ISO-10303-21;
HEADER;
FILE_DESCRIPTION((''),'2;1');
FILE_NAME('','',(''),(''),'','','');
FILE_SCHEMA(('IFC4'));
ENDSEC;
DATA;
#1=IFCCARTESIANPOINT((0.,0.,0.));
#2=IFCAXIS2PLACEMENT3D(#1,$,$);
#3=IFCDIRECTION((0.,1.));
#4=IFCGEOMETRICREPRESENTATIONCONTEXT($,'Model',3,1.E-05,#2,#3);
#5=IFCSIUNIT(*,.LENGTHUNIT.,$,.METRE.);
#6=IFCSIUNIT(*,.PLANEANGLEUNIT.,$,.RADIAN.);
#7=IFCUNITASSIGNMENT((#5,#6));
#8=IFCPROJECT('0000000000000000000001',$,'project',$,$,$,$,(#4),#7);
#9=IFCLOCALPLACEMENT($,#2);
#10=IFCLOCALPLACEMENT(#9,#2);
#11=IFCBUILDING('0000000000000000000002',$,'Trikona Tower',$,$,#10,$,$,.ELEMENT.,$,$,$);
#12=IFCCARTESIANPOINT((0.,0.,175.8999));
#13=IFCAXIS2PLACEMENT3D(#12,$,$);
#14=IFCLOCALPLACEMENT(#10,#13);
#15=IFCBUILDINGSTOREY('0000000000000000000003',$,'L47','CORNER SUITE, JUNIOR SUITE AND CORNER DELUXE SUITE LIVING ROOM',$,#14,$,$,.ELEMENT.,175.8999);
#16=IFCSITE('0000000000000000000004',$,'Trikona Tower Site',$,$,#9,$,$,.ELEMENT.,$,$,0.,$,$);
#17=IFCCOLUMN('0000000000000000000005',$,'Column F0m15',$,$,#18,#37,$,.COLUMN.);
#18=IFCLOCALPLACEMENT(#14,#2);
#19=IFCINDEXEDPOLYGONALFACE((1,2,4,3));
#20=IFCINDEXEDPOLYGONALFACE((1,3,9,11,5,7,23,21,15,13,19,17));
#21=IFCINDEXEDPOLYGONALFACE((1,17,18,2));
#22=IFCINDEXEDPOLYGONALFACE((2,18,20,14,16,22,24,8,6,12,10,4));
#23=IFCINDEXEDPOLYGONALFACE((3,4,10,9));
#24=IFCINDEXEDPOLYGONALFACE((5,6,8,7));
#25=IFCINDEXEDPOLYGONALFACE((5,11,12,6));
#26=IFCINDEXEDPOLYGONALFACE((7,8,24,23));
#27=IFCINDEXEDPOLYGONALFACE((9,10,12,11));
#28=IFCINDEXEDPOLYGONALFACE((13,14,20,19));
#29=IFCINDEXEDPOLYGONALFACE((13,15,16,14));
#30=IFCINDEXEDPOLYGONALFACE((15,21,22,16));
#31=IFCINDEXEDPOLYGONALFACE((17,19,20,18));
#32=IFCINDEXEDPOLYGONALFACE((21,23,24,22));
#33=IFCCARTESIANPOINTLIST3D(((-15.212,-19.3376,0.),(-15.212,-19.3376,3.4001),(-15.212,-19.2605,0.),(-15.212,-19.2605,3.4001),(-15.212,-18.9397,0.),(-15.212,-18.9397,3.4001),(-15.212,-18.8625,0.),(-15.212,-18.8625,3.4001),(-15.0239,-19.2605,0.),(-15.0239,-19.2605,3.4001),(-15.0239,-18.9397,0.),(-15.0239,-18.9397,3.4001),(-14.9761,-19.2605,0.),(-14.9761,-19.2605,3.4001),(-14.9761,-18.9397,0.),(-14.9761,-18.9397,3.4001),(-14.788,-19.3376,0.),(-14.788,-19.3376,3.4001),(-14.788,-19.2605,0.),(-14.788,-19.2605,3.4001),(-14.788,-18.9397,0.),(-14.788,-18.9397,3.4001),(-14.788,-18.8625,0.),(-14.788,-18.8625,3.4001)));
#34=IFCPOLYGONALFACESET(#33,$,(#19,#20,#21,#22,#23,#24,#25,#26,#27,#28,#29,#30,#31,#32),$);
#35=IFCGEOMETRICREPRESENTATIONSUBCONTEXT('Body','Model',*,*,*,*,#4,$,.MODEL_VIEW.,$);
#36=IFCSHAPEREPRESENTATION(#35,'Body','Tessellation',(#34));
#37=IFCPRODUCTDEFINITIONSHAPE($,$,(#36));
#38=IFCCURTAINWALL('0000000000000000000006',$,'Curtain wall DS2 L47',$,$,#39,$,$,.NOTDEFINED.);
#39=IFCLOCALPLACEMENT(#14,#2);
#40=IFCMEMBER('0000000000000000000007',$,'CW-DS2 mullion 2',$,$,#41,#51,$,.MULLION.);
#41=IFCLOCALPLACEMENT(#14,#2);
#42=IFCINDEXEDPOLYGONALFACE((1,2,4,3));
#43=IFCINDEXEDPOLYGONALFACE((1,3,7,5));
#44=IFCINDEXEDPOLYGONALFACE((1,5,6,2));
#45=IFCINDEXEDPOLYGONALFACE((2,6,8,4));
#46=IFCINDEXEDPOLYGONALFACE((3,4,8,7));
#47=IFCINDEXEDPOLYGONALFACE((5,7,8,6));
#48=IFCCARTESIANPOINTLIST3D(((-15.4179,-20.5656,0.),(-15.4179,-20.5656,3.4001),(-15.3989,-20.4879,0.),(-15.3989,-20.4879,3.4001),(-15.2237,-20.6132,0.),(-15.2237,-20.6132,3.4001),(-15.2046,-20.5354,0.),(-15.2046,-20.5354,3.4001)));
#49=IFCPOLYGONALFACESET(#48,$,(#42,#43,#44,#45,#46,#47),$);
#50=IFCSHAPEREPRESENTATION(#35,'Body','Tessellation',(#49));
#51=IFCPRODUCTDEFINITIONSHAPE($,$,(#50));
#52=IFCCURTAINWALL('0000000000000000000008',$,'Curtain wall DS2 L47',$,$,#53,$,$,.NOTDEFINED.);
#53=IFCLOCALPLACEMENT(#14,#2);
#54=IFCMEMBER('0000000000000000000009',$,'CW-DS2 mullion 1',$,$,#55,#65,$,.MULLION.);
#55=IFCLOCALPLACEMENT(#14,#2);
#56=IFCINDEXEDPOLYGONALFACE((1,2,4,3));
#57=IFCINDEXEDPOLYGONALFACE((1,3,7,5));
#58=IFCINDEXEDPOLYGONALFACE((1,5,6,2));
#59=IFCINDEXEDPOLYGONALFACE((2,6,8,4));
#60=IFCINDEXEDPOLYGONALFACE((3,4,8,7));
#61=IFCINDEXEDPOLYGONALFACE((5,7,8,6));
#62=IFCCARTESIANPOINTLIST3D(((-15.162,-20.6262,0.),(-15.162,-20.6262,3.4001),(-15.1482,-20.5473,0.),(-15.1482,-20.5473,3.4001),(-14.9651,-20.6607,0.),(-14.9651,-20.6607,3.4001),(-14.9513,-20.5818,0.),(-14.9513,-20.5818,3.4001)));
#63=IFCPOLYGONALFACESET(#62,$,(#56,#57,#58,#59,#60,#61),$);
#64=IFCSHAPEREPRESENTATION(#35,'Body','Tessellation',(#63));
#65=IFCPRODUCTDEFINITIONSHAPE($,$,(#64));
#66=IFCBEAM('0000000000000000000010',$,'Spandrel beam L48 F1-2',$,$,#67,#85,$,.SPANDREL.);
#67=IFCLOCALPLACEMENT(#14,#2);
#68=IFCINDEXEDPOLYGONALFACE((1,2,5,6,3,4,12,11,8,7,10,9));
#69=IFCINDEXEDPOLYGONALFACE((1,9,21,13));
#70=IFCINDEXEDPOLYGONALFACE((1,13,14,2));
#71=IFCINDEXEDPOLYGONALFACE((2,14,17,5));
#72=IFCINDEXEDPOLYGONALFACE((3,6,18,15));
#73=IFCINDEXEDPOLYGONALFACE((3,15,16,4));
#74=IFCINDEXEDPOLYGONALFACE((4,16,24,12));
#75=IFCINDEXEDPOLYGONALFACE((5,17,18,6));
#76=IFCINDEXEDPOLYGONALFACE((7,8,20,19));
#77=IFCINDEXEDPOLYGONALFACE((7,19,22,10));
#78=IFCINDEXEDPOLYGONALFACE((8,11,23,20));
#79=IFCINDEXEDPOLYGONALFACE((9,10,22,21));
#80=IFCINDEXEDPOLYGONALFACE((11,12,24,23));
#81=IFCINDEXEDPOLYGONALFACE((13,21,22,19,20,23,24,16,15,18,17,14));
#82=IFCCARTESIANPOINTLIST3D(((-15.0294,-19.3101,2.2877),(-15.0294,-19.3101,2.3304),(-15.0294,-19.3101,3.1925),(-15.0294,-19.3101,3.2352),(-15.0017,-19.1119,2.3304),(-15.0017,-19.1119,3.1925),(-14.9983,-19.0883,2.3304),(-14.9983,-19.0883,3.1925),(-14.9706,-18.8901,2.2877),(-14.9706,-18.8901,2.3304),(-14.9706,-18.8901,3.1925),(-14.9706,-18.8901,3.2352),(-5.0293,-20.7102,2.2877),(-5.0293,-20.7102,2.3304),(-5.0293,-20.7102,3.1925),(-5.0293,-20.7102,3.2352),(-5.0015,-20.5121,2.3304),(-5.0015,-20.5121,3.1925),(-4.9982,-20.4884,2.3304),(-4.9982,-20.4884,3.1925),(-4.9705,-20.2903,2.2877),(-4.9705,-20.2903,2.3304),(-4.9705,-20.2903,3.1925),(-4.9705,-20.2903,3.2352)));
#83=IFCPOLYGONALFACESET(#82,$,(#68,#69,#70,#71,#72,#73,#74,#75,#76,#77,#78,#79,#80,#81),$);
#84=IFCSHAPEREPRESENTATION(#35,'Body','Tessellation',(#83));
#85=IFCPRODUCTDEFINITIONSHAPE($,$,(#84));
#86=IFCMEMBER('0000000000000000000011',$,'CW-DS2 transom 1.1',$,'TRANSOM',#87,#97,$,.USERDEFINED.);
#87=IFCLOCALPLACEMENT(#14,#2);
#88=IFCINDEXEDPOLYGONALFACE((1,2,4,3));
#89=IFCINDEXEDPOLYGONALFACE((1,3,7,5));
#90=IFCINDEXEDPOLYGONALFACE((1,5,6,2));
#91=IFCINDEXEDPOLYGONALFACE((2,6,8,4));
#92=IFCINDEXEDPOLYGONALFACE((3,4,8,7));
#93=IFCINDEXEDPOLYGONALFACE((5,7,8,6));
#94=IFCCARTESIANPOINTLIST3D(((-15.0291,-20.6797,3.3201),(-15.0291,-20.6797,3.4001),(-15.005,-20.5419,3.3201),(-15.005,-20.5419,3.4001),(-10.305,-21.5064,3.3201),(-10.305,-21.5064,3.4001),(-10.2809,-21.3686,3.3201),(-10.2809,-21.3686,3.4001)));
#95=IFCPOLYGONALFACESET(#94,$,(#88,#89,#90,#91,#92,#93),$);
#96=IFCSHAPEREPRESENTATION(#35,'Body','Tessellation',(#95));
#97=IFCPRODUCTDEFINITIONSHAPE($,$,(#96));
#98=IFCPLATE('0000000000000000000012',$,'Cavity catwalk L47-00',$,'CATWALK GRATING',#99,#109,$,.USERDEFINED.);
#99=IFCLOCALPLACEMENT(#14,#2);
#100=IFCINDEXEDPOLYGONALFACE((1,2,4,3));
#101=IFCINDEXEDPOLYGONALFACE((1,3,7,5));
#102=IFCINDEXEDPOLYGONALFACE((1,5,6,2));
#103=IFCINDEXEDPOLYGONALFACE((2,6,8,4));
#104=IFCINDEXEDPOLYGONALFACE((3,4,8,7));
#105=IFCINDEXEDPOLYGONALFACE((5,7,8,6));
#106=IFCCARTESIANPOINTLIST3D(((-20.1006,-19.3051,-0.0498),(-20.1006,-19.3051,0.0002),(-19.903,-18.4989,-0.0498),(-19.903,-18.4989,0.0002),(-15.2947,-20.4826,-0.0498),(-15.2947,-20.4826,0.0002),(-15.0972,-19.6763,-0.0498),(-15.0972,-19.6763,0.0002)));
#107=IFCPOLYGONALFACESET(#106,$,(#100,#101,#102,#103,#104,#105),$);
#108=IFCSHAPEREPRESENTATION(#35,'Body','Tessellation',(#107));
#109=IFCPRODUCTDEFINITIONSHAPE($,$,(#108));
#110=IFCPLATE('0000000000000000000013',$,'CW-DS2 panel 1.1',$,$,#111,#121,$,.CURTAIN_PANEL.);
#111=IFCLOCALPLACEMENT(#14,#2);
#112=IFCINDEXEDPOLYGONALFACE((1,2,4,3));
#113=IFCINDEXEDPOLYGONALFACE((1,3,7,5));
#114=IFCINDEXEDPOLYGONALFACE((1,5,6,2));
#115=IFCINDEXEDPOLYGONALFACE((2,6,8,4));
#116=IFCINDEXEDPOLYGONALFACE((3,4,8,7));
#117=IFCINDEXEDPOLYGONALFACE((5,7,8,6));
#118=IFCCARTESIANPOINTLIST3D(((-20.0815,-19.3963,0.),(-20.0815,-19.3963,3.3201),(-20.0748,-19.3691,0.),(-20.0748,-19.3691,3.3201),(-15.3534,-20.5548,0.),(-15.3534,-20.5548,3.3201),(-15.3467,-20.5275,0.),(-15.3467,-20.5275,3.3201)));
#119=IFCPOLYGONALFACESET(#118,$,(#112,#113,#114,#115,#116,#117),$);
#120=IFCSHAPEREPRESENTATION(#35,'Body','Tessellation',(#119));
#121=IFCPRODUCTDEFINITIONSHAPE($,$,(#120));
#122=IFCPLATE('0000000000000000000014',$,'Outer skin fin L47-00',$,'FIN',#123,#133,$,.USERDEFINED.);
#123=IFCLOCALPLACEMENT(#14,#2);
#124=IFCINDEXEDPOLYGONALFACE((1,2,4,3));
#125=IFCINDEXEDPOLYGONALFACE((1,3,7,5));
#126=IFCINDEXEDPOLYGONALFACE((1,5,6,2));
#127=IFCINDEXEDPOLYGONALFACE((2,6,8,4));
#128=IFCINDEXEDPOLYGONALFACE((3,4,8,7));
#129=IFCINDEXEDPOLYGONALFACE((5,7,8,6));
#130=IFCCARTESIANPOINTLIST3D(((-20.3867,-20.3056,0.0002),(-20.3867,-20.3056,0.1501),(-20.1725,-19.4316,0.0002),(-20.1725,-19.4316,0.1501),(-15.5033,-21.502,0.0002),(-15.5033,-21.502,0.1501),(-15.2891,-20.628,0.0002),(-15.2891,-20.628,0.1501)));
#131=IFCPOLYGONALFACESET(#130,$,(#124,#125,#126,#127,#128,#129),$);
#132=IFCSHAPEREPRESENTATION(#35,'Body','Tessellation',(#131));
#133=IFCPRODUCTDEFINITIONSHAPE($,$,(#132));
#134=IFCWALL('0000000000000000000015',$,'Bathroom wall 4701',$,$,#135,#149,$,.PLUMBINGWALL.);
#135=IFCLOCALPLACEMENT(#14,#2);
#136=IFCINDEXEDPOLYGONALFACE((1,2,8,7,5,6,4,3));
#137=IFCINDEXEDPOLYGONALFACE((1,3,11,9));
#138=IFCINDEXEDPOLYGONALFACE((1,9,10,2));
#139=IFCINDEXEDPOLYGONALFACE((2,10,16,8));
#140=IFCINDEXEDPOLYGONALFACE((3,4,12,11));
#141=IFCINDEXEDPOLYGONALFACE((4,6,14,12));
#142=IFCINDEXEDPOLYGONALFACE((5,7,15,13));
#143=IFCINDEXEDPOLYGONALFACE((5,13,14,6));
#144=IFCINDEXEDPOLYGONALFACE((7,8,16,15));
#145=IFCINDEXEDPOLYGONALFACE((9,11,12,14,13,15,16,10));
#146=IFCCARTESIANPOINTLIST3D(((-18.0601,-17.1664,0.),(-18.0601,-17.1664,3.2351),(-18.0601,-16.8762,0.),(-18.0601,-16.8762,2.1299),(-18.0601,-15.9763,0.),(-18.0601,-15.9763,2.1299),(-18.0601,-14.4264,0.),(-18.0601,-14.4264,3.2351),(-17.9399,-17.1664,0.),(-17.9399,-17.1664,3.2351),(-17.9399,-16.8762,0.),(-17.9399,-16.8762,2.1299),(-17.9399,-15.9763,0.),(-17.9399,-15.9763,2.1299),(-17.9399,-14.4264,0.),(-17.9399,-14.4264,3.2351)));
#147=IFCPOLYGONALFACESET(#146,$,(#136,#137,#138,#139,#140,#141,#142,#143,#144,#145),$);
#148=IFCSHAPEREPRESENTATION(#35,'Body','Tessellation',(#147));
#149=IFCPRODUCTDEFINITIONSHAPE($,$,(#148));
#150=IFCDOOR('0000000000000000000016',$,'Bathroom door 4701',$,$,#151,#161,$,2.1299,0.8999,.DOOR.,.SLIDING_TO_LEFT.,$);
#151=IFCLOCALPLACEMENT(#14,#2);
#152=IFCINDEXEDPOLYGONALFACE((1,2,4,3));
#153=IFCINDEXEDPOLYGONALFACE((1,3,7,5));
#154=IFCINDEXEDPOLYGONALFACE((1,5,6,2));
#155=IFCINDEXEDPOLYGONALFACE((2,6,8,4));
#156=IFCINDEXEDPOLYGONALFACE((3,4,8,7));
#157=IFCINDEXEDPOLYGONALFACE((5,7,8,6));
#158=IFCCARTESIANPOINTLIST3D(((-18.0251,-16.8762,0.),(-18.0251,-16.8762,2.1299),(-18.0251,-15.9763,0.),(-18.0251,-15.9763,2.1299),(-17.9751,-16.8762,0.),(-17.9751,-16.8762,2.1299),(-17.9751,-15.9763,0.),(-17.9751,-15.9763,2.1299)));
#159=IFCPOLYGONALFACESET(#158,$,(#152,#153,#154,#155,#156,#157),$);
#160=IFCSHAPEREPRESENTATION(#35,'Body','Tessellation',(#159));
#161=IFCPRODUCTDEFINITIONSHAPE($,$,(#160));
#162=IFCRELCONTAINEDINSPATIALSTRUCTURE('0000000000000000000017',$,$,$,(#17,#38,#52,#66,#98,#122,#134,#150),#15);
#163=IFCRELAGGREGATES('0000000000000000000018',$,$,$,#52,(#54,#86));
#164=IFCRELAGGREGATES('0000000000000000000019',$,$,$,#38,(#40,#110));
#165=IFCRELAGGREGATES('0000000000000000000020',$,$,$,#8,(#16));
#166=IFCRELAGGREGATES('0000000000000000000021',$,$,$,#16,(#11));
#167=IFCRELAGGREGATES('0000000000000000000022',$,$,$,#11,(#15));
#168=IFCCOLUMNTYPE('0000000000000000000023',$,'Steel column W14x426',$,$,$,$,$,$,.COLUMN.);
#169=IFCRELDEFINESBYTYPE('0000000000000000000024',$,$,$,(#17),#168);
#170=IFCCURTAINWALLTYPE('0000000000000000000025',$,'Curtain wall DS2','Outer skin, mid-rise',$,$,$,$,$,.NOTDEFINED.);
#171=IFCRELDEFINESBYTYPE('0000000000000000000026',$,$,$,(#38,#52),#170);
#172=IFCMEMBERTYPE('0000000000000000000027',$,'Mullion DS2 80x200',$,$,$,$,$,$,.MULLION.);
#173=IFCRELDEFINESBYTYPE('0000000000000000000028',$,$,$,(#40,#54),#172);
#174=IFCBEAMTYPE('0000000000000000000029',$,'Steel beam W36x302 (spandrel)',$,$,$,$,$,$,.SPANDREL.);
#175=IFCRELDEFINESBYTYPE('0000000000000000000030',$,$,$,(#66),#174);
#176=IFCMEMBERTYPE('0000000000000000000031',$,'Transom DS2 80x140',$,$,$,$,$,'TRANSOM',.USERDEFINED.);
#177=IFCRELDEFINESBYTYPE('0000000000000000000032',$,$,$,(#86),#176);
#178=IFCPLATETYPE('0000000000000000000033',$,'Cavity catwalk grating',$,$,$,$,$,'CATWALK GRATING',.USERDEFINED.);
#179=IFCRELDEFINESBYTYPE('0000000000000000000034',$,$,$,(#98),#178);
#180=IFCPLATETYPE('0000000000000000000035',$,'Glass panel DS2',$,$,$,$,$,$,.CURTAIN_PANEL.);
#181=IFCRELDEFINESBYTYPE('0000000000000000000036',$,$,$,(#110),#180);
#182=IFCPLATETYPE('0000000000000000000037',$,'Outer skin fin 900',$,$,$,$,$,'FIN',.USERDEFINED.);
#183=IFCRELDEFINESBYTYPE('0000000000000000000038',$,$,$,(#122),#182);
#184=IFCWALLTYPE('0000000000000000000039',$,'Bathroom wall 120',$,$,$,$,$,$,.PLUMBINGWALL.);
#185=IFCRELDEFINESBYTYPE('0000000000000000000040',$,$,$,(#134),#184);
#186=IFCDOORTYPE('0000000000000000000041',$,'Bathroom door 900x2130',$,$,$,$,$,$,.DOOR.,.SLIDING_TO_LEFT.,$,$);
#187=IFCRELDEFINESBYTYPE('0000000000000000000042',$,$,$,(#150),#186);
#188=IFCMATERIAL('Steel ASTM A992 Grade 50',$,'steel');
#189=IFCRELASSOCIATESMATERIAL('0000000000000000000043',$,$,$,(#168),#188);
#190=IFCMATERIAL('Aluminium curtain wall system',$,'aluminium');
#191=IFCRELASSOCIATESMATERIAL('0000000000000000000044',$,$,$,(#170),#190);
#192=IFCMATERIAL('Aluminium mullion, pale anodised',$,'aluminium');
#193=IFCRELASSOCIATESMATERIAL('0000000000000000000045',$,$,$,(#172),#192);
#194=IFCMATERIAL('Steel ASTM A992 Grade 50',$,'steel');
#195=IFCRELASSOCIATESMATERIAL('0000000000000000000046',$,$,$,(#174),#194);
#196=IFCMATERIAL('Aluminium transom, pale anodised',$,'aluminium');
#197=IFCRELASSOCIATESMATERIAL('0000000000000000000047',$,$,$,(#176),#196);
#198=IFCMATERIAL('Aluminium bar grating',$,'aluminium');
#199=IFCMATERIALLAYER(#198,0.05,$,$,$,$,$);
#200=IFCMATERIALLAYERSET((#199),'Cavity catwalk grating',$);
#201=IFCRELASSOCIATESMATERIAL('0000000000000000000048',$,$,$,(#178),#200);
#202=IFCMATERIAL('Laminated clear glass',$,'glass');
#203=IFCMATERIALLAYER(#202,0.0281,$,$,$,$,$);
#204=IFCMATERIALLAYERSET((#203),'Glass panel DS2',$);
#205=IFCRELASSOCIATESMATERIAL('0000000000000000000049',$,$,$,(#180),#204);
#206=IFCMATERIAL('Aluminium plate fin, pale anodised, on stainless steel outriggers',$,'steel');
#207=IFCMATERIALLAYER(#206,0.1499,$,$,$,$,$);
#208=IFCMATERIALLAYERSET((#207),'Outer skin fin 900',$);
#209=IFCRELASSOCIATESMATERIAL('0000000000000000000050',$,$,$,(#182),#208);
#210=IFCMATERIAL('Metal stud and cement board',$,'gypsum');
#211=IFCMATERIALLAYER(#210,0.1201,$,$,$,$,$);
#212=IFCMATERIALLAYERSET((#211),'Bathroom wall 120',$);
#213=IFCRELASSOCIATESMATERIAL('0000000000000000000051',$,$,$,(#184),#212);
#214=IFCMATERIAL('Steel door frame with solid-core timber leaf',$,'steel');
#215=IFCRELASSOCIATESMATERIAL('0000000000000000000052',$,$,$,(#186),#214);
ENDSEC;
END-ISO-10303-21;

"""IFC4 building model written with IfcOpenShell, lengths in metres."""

from ifc_helpers import new_model, si_unit, direction, frame, frame_2d, origin, origin_2d, place, context, subcontext, project, spatial, rectangle, i_section, extrude, material, layer, layer_set, material_profile, profile_set, type_object, element, fill, aggregate, save


model = new_model("IFC4")

# Units and contexts
model_context = context("Model", 3, precision=1e-05, world=origin(), true_north=direction((0.0, 1.0)))
body_context = subcontext(model_context, "Body", "Model", "MODEL_VIEW")
ifc_project = project(units=[si_unit("LENGTHUNIT", "METRE"), si_unit("PLANEANGLEUNIT", "RADIAN")], contexts=[model_context])

# Site, building, storey
site_placement = place(None, origin())
site = spatial("IfcSite", under=ifc_project, at=site_placement, Name="Trikona Tower Site", CompositionType="ELEMENT", RefElevation=0.0)
building_placement = place(site_placement, origin())
building = spatial("IfcBuilding", under=site, at=building_placement, Name="Trikona Tower", CompositionType="ELEMENT")
storey_placement = place(building_placement, frame((0.0, 0.0, 175.8999)))
storey = spatial("IfcBuildingStorey", under=building, at=storey_placement, Name="L47", Description="CORNER SUITE, JUNIOR SUITE AND CORNER DELUXE SUITE LIVING ROOM", CompositionType="ELEMENT", Elevation=175.8999)

# Column
ifc_material_1 = material(Name="Steel ASTM A992 Grade 50", Category="steel")
ifc_material_profile_1 = material_profile(ifc_material_1, i_section(OverallWidth=0.4241, OverallDepth=0.4751, WebThickness=0.0479, FlangeThickness=0.0771, at=origin_2d()), Name="W14X426")
ifc_profile_set_1 = profile_set([ifc_material_profile_1], Name="Steel ASTM A992 Grade 50")
column_type = type_object("IfcColumnType", Name="Steel column W14x426", PredefinedType="COLUMN", material=ifc_profile_set_1)
column_placement = place(storey_placement, frame((-15.0, -19.1001, 0.0), z_axis=(0.0, 0.0, 1.0), x_axis=(1.0, 0.0, 0.0)))
element("IfcColumn", 1, at=column_placement, inside=storey, type_object=column_type, Name="Column F0m15", PredefinedType="COLUMN", context=body_context, shape_type="SweptSolid", body=[
    extrude(i_section(OverallWidth=0.4241, OverallDepth=0.4751, WebThickness=0.0479, FlangeThickness=0.0771, at=origin_2d()), origin(), (0.0, 0.0, 1.0), 3.4001),
])

# Curtain walls, members
ifc_material_2 = material(Name="Aluminium curtain wall system", Category="aluminium")
curtain_wall_type = type_object("IfcCurtainWallType", Name="Curtain wall DS2", Description="Outer skin, mid-rise", PredefinedType="NOTDEFINED", material=ifc_material_2)
curtain_wall_1_placement = place(storey_placement, origin())
curtain_wall_1 = element("IfcCurtainWall", 2, at=curtain_wall_1_placement, inside=storey, type_object=curtain_wall_type, Name="Curtain wall DS2 L47", PredefinedType="NOTDEFINED")
ifc_material_3 = material(Name="Aluminium mullion, pale anodised", Category="aluminium")
ifc_material_profile_2 = material_profile(ifc_material_3, rectangle(XDim=0.0801, YDim=0.2, at=origin_2d()), Name="MUL-DS2")
ifc_profile_set_2 = profile_set([ifc_material_profile_2], Name="Aluminium mullion, pale anodised")
member_type_1 = type_object("IfcMemberType", Name="Mullion DS2 80x200", PredefinedType="MULLION", material=ifc_profile_set_2)
member_1_placement = place(storey_placement, frame((-15.3113, -20.5505, 0.0), z_axis=(0.0, 0.0, 1.0), x_axis=(0.23797, 0.971272, 0.0)))
member_1 = element("IfcMember", 3, at=member_1_placement, type_object=member_type_1, Name="CW-DS2 mullion 2", PredefinedType="MULLION", context=body_context, shape_type="SweptSolid", body=[
    extrude(rectangle(XDim=0.0801, YDim=0.2, at=origin_2d()), origin(), (0.0, 0.0, 1.0), 3.4001),
])
curtain_wall_2_placement = place(storey_placement, origin())
curtain_wall_2 = element("IfcCurtainWall", 4, at=curtain_wall_2_placement, inside=storey, type_object=curtain_wall_type, Name="Curtain wall DS2 L47", PredefinedType="NOTDEFINED")
member_2_placement = place(storey_placement, frame((-15.0566, -20.604, 0.0), z_axis=(0.0, 0.0, 1.0), x_axis=(0.172377, 0.985031, 0.0)))
member_2 = element("IfcMember", 5, at=member_2_placement, type_object=member_type_1, Name="CW-DS2 mullion 1", PredefinedType="MULLION", context=body_context, shape_type="SweptSolid", body=[
    extrude(rectangle(XDim=0.0801, YDim=0.2, at=origin_2d()), origin(), (0.0, 0.0, 1.0), 3.4001),
])

# Beam
ifc_material_4 = material(Name="Steel ASTM A992 Grade 50", Category="steel")
ifc_material_profile_3 = material_profile(ifc_material_4, i_section(OverallWidth=0.4241, OverallDepth=0.9475, WebThickness=0.0239, FlangeThickness=0.0427, at=origin_2d()), Name="W36X302")
ifc_profile_set_3 = profile_set([ifc_material_profile_3], Name="Steel ASTM A992 Grade 50")
beam_type = type_object("IfcBeamType", Name="Steel beam W36x302 (spandrel)", PredefinedType="SPANDREL", material=ifc_profile_set_3)
beam_placement = place(storey_placement, frame((-15.0, -19.1001, 2.7615), z_axis=(0.99034, -0.138662, 0.0), x_axis=(0.138662, 0.99034, 0.0)))
element("IfcBeam", 6, at=beam_placement, inside=storey, type_object=beam_type, Name="Spandrel beam L48 F1-2", PredefinedType="SPANDREL", context=body_context, shape_type="SweptSolid", body=[
    extrude(i_section(OverallWidth=0.4241, OverallDepth=0.9475, WebThickness=0.0239, FlangeThickness=0.0427, at=origin_2d()), origin(), (0.0, 0.0, 1.0), 10.0977),
])

# Member
ifc_material_5 = material(Name="Aluminium transom, pale anodised", Category="aluminium")
ifc_material_profile_4 = material_profile(ifc_material_5, rectangle(XDim=0.1399, YDim=0.0801, at=origin_2d()), Name="TRN-DS2")
ifc_profile_set_4 = profile_set([ifc_material_profile_4], Name="Aluminium transom, pale anodised")
member_type_2 = type_object("IfcMemberType", Name="Transom DS2 80x140", ElementType="TRANSOM", PredefinedType="USERDEFINED", material=ifc_profile_set_4)
member_3_placement = place(storey_placement, frame((-15.0171, -20.6108, 3.3601), z_axis=(0.985033, -0.172368, 0.0), x_axis=(0.172368, 0.985033, 0.0)))
member_3 = element("IfcMember", 7, at=member_3_placement, type_object=member_type_2, Name="CW-DS2 transom 1.1", ObjectType="TRANSOM", PredefinedType="USERDEFINED", context=body_context, shape_type="SweptSolid", body=[
    extrude(rectangle(XDim=0.1399, YDim=0.0801, at=origin_2d()), origin(), (0.0, 0.0, 1.0), 4.7959),
])
aggregate(curtain_wall_2, [member_2, member_3])

# Plates
ifc_material_6 = material(Name="Aluminium bar grating", Category="aluminium")
ifc_layer_1 = layer(ifc_material_6, 0.05)
ifc_layer_set_1 = layer_set([ifc_layer_1], Name="Cavity catwalk grating")
plate_type_1 = type_object("IfcPlateType", Name="Cavity catwalk grating", ElementType="CATWALK GRATING", PredefinedType="USERDEFINED", material=ifc_layer_set_1)
plate_1_placement = place(storey_placement, frame((-17.5989, -19.4907, -0.0498), z_axis=(0.0, 0.0, 1.0), x_axis=(0.971274, -0.237962, 0.0)))
element("IfcPlate", 8, at=plate_1_placement, inside=storey, type_object=plate_type_1, Name="Cavity catwalk L47-00", ObjectType="CATWALK GRATING", PredefinedType="USERDEFINED", context=body_context, shape_type="SweptSolid", body=[
    extrude(rectangle(XDim=4.948, YDim=0.8301, at=origin_2d()), origin(), (0.0, 0.0, 1.0), 0.05),
])
ifc_material_7 = material(Name="Laminated clear glass", Category="glass")
ifc_layer_2 = layer(ifc_material_7, 0.0281)
ifc_layer_set_2 = layer_set([ifc_layer_2], Name="Glass panel DS2")
plate_type_2 = type_object("IfcPlateType", Name="Glass panel DS2", PredefinedType="CURTAIN_PANEL", material=ifc_layer_set_2)
plate_2_placement = place(storey_placement, frame((-17.7141, -19.9619, 0.0), z_axis=(0.0, 0.0, 1.0), x_axis=(0.971272, -0.23797, 0.0)))
plate_2 = element("IfcPlate", 9, at=plate_2_placement, type_object=plate_type_2, Name="CW-DS2 panel 1.1", PredefinedType="CURTAIN_PANEL", context=body_context, shape_type="SweptSolid", body=[
    extrude(rectangle(XDim=4.8679, YDim=0.0281, at=origin_2d()), origin(), (0.0, 0.0, 1.0), 3.3201),
])
aggregate(curtain_wall_1, [member_1, plate_2])
ifc_material_8 = material(Name="Aluminium plate fin, pale anodised, on stainless steel outriggers", Category="steel")
ifc_layer_3 = layer(ifc_material_8, 0.1499)
ifc_layer_set_3 = layer_set([ifc_layer_3], Name="Outer skin fin 900")
plate_type_3 = type_object("IfcPlateType", Name="Outer skin fin 900", ElementType="FIN", PredefinedType="USERDEFINED", material=ifc_layer_set_3)
plate_3_placement = place(storey_placement, frame((-17.8379, -20.4668, 0.0002), z_axis=(0.0, 0.0, 1.0), x_axis=(0.971274, -0.237962, 0.0)))
element("IfcPlate", 10, at=plate_3_placement, inside=storey, type_object=plate_type_3, Name="Outer skin fin L47-00", ObjectType="FIN", PredefinedType="USERDEFINED", context=body_context, shape_type="SweptSolid", body=[
    extrude(rectangle(XDim=5.0278, YDim=0.8999, at=origin_2d()), origin(), (0.0, 0.0, 1.0), 0.1499),
])

# Wall, opening, door
ifc_material_9 = material(Name="Metal stud and cement board", Category="gypsum")
ifc_layer_4 = layer(ifc_material_9, 0.1201)
ifc_layer_set_4 = layer_set([ifc_layer_4], Name="Bathroom wall 120")
wall_type_1 = type_object("IfcWallType", Name="Bathroom wall 120", PredefinedType="PLUMBINGWALL", material=ifc_layer_set_4)
wall_1_placement = place(storey_placement, frame((-18.0, -14.4263, 0.0), z_axis=(0.0, 0.0, 1.0), x_axis=(0.0, -1.0, 0.0)))
wall_1 = element("IfcWall", 11, at=wall_1_placement, inside=storey, type_object=wall_type_1, Name="Bathroom wall 4701", PredefinedType="PLUMBINGWALL", context=body_context, shape_type="SweptSolid", body=[
    extrude(rectangle(XDim=2.74, YDim=0.1201, at=frame_2d((1.3701, 0.0))), origin(), (0.0, 0.0, 1.0), 3.2351),
])
opening_1_placement = place(wall_1_placement, frame((1.55, 0.0, 0.0)))
opening_1 = element("IfcOpeningElement", 12, at=opening_1_placement, cuts=wall_1, PredefinedType="OPENING", context=body_context, shape_type="SweptSolid", body=[
    extrude(rectangle(XDim=0.8999, YDim=2.1299, at=frame_2d((0.45, 1.0649))), frame((0.0, 0.0701, 0.0), z_axis=(0.0, -1.0, 0.0), x_axis=(1.0, 0.0, 0.0)), (0.0, 0.0, 1.0), 0.1401),
])
ifc_material_10 = material(Name="Steel door frame with solid-core timber leaf", Category="steel")
door_type = type_object("IfcDoorType", Name="Bathroom door 900x2130", OperationType="SLIDING_TO_LEFT", PredefinedType="DOOR", material=ifc_material_10)
door_placement = place(opening_1_placement, origin())
door = element("IfcDoor", 13, at=door_placement, inside=storey, type_object=door_type, Name="Bathroom door 4701", OperationType="SLIDING_TO_LEFT", OverallHeight=2.1299, OverallWidth=0.8999, PredefinedType="DOOR", context=body_context, shape_type="SweptSolid", body=[
    extrude(rectangle(XDim=0.8999, YDim=2.1299, at=frame_2d((0.45, 1.0649))), frame((0.0, 0.0249, 0.0), z_axis=(0.0, -1.0, 0.0), x_axis=(1.0, 0.0, 0.0)), (0.0, 0.0, 1.0), 0.05),
])
fill(opening_1, door)

save(model, "model.ifc")
